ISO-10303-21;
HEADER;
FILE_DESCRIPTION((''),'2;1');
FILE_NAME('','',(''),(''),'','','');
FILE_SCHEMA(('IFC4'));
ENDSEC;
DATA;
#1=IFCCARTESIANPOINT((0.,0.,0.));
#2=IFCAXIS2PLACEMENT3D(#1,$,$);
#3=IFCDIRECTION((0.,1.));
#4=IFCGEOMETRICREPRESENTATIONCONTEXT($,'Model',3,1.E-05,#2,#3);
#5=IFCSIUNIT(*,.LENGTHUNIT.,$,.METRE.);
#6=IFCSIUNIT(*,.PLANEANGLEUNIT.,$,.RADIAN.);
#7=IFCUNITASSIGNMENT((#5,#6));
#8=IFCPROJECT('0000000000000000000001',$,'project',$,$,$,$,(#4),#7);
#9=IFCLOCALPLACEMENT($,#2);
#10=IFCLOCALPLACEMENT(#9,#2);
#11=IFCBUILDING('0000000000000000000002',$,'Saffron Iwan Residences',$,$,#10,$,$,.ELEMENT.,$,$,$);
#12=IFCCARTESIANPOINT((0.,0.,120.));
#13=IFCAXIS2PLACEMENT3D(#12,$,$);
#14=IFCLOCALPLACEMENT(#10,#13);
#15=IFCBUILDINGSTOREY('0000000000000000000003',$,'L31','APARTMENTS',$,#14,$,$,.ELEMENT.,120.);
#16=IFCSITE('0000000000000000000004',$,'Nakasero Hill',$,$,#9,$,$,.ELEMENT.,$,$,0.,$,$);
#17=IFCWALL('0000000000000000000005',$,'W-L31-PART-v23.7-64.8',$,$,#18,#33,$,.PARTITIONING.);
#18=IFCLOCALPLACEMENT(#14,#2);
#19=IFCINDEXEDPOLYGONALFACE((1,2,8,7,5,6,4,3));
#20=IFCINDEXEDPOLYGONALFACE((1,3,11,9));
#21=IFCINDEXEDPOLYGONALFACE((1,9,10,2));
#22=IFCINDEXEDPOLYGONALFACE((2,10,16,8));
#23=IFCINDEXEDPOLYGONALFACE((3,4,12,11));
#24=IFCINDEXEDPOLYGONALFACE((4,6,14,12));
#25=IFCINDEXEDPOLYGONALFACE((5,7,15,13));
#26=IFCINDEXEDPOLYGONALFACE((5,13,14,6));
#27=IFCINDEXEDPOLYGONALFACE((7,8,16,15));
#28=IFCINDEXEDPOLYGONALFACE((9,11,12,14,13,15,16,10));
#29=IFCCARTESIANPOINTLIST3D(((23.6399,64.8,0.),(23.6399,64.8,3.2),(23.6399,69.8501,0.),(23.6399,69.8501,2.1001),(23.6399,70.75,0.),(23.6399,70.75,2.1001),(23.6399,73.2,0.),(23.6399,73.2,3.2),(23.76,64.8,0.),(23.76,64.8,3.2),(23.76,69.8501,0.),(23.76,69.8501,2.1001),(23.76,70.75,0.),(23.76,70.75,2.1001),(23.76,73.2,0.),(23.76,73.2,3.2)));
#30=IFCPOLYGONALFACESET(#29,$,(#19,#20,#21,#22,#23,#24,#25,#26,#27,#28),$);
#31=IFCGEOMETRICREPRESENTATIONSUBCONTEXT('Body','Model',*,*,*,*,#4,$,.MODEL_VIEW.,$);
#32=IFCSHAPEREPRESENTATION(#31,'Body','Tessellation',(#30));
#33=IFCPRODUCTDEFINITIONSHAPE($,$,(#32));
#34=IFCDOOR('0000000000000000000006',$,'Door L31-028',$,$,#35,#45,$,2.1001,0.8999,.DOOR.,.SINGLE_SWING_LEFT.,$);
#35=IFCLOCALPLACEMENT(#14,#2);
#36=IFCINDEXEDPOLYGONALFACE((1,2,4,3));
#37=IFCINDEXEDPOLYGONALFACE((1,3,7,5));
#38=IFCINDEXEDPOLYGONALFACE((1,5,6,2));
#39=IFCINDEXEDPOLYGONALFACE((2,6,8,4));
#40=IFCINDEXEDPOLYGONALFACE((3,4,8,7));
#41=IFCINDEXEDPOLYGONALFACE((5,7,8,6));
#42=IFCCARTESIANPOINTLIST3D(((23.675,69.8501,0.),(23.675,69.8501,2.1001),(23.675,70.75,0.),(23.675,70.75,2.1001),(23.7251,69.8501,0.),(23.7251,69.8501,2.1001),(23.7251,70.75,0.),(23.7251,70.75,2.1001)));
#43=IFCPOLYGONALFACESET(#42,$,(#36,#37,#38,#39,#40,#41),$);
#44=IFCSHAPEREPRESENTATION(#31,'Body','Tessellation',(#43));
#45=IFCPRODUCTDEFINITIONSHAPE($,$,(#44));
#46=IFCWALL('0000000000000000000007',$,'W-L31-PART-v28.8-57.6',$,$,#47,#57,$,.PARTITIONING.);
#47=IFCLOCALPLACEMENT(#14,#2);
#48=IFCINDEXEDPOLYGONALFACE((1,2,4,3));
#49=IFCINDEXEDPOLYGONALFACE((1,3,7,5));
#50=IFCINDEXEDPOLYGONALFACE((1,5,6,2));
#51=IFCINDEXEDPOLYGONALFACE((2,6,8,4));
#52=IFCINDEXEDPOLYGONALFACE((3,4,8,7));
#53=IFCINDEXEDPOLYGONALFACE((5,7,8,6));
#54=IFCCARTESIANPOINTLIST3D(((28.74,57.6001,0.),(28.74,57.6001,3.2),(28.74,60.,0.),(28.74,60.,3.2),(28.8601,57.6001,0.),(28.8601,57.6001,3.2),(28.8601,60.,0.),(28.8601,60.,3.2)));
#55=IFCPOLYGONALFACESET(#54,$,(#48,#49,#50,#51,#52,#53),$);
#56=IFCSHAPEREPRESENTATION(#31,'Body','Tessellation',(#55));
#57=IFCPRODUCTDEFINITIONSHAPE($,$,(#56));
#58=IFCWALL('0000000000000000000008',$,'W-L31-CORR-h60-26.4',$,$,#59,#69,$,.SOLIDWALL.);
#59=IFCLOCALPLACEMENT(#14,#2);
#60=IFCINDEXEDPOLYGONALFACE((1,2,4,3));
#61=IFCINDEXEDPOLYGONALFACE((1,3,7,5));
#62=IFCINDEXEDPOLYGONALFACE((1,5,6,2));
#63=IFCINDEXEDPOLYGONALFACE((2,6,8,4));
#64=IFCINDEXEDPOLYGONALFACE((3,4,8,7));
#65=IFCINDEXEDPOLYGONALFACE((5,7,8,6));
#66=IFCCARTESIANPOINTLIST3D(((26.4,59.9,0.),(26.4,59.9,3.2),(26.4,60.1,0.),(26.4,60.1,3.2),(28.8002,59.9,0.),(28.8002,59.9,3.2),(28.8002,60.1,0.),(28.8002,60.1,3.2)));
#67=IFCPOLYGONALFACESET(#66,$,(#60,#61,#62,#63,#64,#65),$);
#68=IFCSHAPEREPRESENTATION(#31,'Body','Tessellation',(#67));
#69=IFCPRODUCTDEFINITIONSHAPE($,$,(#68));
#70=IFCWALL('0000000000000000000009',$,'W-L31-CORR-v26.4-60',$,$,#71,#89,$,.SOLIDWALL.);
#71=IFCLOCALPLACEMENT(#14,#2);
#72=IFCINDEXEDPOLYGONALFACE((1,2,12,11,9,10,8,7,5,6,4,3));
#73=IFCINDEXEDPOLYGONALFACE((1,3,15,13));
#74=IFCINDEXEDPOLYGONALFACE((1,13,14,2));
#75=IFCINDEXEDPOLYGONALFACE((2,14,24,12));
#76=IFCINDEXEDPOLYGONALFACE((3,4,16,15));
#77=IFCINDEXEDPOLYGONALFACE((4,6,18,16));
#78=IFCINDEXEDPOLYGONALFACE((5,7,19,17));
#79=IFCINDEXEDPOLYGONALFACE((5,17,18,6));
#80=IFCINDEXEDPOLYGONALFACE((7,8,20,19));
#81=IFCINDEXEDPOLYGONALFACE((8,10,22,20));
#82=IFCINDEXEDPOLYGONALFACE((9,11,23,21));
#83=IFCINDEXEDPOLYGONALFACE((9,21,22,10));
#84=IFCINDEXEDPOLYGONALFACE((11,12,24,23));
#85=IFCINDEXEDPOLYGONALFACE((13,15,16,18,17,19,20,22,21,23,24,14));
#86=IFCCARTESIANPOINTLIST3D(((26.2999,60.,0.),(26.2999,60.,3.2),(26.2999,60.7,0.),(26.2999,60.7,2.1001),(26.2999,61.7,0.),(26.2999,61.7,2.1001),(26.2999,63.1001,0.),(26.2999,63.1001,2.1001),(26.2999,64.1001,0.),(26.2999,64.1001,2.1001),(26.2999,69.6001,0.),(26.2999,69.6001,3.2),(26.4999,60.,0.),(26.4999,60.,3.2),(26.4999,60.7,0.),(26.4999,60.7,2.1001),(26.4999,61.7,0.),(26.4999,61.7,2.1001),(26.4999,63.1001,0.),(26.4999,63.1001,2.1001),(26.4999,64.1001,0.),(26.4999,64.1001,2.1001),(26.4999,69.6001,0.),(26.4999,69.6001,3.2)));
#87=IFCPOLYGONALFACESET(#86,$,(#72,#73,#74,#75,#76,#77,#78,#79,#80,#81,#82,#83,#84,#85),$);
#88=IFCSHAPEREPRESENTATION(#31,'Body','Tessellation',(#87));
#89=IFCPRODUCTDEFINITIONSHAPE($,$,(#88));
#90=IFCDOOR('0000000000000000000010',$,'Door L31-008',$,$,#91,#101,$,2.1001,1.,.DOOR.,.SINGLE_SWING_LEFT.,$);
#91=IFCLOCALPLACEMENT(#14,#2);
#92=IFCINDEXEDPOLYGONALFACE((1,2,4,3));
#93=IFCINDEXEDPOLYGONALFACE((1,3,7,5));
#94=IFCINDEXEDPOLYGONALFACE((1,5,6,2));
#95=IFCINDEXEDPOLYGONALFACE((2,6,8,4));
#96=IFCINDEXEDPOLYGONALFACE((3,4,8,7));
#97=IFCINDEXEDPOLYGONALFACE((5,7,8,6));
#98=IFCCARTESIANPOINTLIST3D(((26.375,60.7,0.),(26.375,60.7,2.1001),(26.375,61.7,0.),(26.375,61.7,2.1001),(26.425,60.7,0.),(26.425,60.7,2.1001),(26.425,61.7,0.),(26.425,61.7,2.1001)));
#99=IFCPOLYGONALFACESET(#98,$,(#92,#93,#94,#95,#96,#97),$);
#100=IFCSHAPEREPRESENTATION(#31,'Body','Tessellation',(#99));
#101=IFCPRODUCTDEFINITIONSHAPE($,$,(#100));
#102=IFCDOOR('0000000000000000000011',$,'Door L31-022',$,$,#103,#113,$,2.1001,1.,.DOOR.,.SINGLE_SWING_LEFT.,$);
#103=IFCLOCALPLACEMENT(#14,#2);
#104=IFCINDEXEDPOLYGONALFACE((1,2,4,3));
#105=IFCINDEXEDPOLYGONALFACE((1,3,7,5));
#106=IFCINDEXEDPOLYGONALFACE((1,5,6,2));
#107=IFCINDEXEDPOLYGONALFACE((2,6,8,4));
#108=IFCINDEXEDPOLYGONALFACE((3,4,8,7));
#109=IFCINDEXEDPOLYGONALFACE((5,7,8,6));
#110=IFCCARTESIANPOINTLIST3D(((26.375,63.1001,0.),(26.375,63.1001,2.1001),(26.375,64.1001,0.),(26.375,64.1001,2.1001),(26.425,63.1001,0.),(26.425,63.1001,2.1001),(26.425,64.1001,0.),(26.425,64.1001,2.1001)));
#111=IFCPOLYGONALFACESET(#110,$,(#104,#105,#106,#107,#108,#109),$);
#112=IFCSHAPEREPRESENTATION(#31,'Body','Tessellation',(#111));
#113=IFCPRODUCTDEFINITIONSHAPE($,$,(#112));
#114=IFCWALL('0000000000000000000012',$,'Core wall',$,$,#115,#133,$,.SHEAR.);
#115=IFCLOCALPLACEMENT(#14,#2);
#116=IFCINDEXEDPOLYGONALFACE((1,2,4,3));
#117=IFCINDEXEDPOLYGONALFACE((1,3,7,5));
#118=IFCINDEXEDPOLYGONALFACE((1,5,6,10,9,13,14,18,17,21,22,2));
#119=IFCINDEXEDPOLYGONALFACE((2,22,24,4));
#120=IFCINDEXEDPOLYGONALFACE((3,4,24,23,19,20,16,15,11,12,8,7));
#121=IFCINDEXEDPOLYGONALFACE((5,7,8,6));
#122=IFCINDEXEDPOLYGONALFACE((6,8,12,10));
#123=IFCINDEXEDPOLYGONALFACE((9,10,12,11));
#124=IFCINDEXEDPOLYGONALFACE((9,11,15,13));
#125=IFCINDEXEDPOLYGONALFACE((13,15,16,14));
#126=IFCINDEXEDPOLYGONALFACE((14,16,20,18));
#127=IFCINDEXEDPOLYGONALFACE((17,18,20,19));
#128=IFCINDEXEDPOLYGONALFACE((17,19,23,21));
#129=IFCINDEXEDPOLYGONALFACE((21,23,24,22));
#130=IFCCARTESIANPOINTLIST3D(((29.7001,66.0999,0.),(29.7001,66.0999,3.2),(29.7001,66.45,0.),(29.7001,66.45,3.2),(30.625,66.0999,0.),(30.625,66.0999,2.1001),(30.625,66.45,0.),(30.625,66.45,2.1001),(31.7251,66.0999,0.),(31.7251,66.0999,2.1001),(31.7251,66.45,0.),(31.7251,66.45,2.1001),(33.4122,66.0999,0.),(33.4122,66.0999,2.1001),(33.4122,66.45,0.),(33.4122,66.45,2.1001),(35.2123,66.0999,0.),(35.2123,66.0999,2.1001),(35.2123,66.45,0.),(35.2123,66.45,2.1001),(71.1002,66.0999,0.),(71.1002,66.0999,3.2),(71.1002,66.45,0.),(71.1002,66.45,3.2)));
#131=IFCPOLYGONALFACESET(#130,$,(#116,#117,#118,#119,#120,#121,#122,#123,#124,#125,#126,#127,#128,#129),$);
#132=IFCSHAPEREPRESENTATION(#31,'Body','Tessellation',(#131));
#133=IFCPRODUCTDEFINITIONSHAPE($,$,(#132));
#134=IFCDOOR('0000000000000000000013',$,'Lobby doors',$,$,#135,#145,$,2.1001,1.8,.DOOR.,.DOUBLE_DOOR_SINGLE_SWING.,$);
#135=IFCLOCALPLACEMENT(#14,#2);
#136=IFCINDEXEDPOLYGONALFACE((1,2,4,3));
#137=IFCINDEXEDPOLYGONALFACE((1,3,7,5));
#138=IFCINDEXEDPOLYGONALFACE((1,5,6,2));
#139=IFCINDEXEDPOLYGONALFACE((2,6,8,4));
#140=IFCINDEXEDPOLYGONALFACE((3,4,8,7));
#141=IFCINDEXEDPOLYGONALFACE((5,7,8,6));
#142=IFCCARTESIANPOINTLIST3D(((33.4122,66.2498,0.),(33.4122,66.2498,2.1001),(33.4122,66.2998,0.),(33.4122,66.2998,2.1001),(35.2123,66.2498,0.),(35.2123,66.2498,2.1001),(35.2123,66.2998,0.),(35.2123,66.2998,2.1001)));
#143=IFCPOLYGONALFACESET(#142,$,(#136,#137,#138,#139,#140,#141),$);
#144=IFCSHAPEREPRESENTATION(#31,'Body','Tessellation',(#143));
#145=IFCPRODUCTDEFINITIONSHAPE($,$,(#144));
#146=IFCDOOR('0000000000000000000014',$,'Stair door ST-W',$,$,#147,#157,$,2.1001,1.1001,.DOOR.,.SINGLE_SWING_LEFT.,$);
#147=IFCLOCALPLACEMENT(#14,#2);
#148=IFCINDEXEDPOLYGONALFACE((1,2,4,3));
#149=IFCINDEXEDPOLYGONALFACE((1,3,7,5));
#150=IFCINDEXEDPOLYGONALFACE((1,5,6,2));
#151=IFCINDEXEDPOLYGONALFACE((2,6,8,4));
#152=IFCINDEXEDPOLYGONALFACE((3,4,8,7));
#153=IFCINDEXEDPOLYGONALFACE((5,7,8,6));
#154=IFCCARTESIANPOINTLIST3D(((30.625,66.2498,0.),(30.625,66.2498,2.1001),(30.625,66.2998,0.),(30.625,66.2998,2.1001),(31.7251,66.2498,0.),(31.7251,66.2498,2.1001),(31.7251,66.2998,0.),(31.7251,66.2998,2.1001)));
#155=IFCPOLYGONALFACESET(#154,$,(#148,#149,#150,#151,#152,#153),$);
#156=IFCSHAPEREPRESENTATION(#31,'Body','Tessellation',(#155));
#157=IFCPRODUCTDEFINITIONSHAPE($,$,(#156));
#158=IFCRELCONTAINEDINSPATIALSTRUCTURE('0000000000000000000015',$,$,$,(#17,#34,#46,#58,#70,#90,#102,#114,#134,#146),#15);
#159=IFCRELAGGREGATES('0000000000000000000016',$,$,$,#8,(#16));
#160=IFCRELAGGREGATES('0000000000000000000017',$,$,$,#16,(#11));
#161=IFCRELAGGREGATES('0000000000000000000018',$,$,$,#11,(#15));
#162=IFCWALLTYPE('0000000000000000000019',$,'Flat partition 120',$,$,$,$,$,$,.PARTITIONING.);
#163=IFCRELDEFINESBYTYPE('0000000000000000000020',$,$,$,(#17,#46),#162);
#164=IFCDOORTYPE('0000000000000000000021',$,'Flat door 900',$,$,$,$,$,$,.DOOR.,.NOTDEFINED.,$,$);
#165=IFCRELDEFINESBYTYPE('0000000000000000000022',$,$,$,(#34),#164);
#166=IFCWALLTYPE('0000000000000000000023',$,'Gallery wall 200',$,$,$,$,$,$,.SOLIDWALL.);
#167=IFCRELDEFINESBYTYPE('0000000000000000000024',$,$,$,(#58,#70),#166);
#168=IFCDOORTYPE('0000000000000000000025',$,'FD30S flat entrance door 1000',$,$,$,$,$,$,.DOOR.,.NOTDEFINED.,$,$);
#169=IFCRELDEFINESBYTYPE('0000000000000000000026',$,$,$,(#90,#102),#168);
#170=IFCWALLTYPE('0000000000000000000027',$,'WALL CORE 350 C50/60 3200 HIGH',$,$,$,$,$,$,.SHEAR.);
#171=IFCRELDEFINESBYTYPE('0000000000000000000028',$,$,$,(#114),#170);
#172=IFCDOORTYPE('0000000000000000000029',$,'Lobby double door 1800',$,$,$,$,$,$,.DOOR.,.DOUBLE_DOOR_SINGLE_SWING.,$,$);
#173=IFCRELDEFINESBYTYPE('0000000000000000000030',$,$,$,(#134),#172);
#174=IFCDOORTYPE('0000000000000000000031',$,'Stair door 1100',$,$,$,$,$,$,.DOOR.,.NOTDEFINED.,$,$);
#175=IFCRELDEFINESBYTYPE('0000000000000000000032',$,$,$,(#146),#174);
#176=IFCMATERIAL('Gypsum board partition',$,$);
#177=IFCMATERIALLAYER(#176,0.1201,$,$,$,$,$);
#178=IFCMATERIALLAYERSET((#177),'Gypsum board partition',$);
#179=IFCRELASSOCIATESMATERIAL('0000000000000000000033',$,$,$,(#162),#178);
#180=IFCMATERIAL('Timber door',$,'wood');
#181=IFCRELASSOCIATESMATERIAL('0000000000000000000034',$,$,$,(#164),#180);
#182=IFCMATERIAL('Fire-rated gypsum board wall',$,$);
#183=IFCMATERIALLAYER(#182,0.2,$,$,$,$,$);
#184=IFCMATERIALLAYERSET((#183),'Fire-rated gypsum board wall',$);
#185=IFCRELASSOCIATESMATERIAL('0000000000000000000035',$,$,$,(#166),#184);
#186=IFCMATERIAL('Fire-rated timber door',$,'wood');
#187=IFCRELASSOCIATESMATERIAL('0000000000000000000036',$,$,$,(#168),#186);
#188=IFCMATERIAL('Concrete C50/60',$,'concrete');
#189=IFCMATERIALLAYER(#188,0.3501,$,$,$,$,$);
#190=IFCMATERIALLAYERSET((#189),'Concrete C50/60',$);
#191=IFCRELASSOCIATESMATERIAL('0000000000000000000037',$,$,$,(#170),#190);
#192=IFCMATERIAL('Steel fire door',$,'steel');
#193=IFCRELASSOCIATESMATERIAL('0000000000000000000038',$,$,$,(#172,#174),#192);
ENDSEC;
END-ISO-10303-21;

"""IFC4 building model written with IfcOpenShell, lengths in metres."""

from ifc_helpers import new_model, si_unit, direction, frame, frame_2d, origin, place, context, subcontext, project, spatial, rectangle, extrude, material, layer, layer_set, type_object, element, fill, save


model = new_model("IFC4")

# Units and contexts
model_context = context("Model", 3, precision=1e-05, world=origin(), true_north=direction((0.0, 1.0)))
body_context = subcontext(model_context, "Body", "Model", "MODEL_VIEW")
ifc_project = project(units=[si_unit("LENGTHUNIT", "METRE"), si_unit("PLANEANGLEUNIT", "RADIAN")], contexts=[model_context])

# Site, building, storey
site_placement = place(None, origin())
site = spatial("IfcSite", under=ifc_project, at=site_placement, Name="Nakasero Hill", CompositionType="ELEMENT", RefElevation=0.0)
building_placement = place(site_placement, origin())
building = spatial("IfcBuilding", under=site, at=building_placement, Name="Saffron Iwan Residences", CompositionType="ELEMENT")
storey_placement = place(building_placement, frame((0.0, 0.0, 120.0)))
storey = spatial("IfcBuildingStorey", under=building, at=storey_placement, Name="L31", Description="APARTMENTS", CompositionType="ELEMENT", Elevation=120.0)

# Shared definitions
ifc_material_1 = material(Name="Concrete C50/60", Category="concrete")

# Shared definitions
ifc_material_2 = material(Name="Gypsum board partition")
ifc_layer_1 = layer(ifc_material_2, 0.1201)
ifc_layer_set_1 = layer_set([ifc_layer_1], Name="Gypsum board partition")
wall_type_1 = type_object("IfcWallType", Name="Flat partition 120", PredefinedType="PARTITIONING", material=ifc_layer_set_1)

# Shared definitions
ifc_material_3 = material(Name="Timber door", Category="wood")
door_type_1 = type_object("IfcDoorType", Name="Flat door 900", OperationType="NOTDEFINED", PredefinedType="DOOR", material=ifc_material_3)

# Wall, opening, door
wall_1_placement = place(storey_placement, frame((23.7, 64.8, 0.0), z_axis=(0.0, 0.0, 1.0), x_axis=(0.0, 1.0, 0.0)))
wall_1 = element("IfcWall", 1, at=wall_1_placement, inside=storey, type_object=wall_type_1, Name="W-L31-PART-v23.7-64.8", PredefinedType="PARTITIONING", context=body_context, shape_type="SweptSolid", body=[
    extrude(rectangle(XDim=8.3999, YDim=0.1201, at=frame_2d((4.2, 0.0))), origin(), (0.0, 0.0, 1.0), 3.2),
])
opening_1_placement = place(wall_1_placement, frame((5.05, 0.0, 0.0)))
opening_1 = element("IfcOpeningElement", 2, at=opening_1_placement, cuts=wall_1, PredefinedType="OPENING", context=body_context, shape_type="SweptSolid", body=[
    extrude(rectangle(XDim=0.8999, YDim=2.1001, at=frame_2d((0.45, 1.05))), frame((0.0, 0.0701, 0.0), z_axis=(0.0, -1.0, 0.0), x_axis=(1.0, 0.0, 0.0)), (0.0, 0.0, 1.0), 0.1401),
])
door_1_placement = place(opening_1_placement, origin())
door_1 = element("IfcDoor", 3, at=door_1_placement, inside=storey, type_object=door_type_1, Name="Door L31-028", OperationType="SINGLE_SWING_LEFT", OverallHeight=2.1001, OverallWidth=0.8999, PredefinedType="DOOR", context=body_context, shape_type="SweptSolid", body=[
    extrude(rectangle(XDim=0.8999, YDim=2.1001, at=frame_2d((0.45, 1.05))), frame((0.0, 0.0249, 0.0), z_axis=(0.0, -1.0, 0.0), x_axis=(1.0, 0.0, 0.0)), (0.0, 0.0, 1.0), 0.05),
])
fill(opening_1, door_1)

# Walls
wall_2_placement = place(storey_placement, frame((28.8, 57.6001, 0.0), z_axis=(0.0, 0.0, 1.0), x_axis=(0.0, 1.0, 0.0)))
element("IfcWall", 4, at=wall_2_placement, inside=storey, type_object=wall_type_1, Name="W-L31-PART-v28.8-57.6", PredefinedType="PARTITIONING", context=body_context, shape_type="SweptSolid", body=[
    extrude(rectangle(XDim=2.3999, YDim=0.1201, at=frame_2d((1.2, 0.0))), origin(), (0.0, 0.0, 1.0), 3.2),
])
ifc_material_4 = material(Name="Fire-rated gypsum board wall")
ifc_layer_2 = layer(ifc_material_4, 0.2)
ifc_layer_set_2 = layer_set([ifc_layer_2], Name="Fire-rated gypsum board wall")
wall_type_2 = type_object("IfcWallType", Name="Gallery wall 200", PredefinedType="SOLIDWALL", material=ifc_layer_set_2)
wall_3_placement = place(storey_placement, frame((26.3999, 60.0, 0.0), z_axis=(0.0, 0.0, 1.0), x_axis=(1.0, 0.0, 0.0)))
element("IfcWall", 5, at=wall_3_placement, inside=storey, type_object=wall_type_2, Name="W-L31-CORR-h60-26.4", PredefinedType="SOLIDWALL", context=body_context, shape_type="SweptSolid", body=[
    extrude(rectangle(XDim=2.4001, YDim=0.2, at=frame_2d((1.2002, 0.0))), origin(), (0.0, 0.0, 1.0), 3.2),
])

# Walls, openings, doors
wall_4_placement = place(storey_placement, frame((26.3999, 60.0, 0.0), z_axis=(0.0, 0.0, 1.0), x_axis=(0.0, 1.0, 0.0)))
wall_4 = element("IfcWall", 6, at=wall_4_placement, inside=storey, type_object=wall_type_2, Name="W-L31-CORR-v26.4-60", PredefinedType="SOLIDWALL", context=body_context, shape_type="SweptSolid", body=[
    extrude(rectangle(XDim=9.6001, YDim=0.2, at=frame_2d((4.8, 0.0))), origin(), (0.0, 0.0, 1.0), 3.2),
])
opening_2_placement = place(wall_4_placement, frame((0.7, 0.0, 0.0)))
opening_2 = element("IfcOpeningElement", 7, at=opening_2_placement, cuts=wall_4, PredefinedType="OPENING", context=body_context, shape_type="SweptSolid", body=[
    extrude(rectangle(XDim=1.0, YDim=2.1001, at=frame_2d((0.5, 1.05))), frame((0.0, 0.1099, 0.0), z_axis=(0.0, -1.0, 0.0), x_axis=(1.0, 0.0, 0.0)), (0.0, 0.0, 1.0), 0.22),
])
opening_3_placement = place(wall_4_placement, frame((3.1001, 0.0, 0.0)))
opening_3 = element("IfcOpeningElement", 8, at=opening_3_placement, cuts=wall_4, PredefinedType="OPENING", context=body_context, shape_type="SweptSolid", body=[
    extrude(rectangle(XDim=1.0, YDim=2.1001, at=frame_2d((0.5, 1.05))), frame((0.0, 0.1099, 0.0), z_axis=(0.0, -1.0, 0.0), x_axis=(1.0, 0.0, 0.0)), (0.0, 0.0, 1.0), 0.22),
])
ifc_material_5 = material(Name="Fire-rated timber door", Category="wood")
door_type_2 = type_object("IfcDoorType", Name="FD30S flat entrance door 1000", OperationType="NOTDEFINED", PredefinedType="DOOR", material=ifc_material_5)
door_2_placement = place(opening_2_placement, origin())
door_2 = element("IfcDoor", 9, at=door_2_placement, inside=storey, type_object=door_type_2, Name="Door L31-008", OperationType="SINGLE_SWING_LEFT", OverallHeight=2.1001, OverallWidth=1.0, PredefinedType="DOOR", context=body_context, shape_type="SweptSolid", body=[
    extrude(rectangle(XDim=1.0, YDim=2.1001, at=frame_2d((0.5, 1.05))), frame((0.0, 0.0249, 0.0), z_axis=(0.0, -1.0, 0.0), x_axis=(1.0, 0.0, 0.0)), (0.0, 0.0, 1.0), 0.05),
])
fill(opening_2, door_2)
door_3_placement = place(opening_3_placement, origin())
door_3 = element("IfcDoor", 10, at=door_3_placement, inside=storey, type_object=door_type_2, Name="Door L31-022", OperationType="SINGLE_SWING_LEFT", OverallHeight=2.1001, OverallWidth=1.0, PredefinedType="DOOR", context=body_context, shape_type="SweptSolid", body=[
    extrude(rectangle(XDim=1.0, YDim=2.1001, at=frame_2d((0.5, 1.05))), frame((0.0, 0.0249, 0.0), z_axis=(0.0, -1.0, 0.0), x_axis=(1.0, 0.0, 0.0)), (0.0, 0.0, 1.0), 0.05),
])
fill(opening_3, door_3)
ifc_layer_3 = layer(ifc_material_1, 0.3501)
ifc_layer_set_3 = layer_set([ifc_layer_3], Name="Concrete C50/60")
wall_type_3 = type_object("IfcWallType", Name="WALL CORE 350 C50/60 3200 HIGH", PredefinedType="SHEAR", material=ifc_layer_set_3)
wall_5_placement = place(storey_placement, frame((29.7, 66.2749, 0.0), z_axis=(0.0, 0.0, 1.0), x_axis=(1.0, 0.0, 0.0)))
wall_5 = element("IfcWall", 11, at=wall_5_placement, inside=storey, type_object=wall_type_3, Name="Core wall", PredefinedType="SHEAR", context=body_context, shape_type="SweptSolid", body=[
    extrude(rectangle(XDim=41.4001, YDim=0.3501, at=frame_2d((20.7002, 0.0))), origin(), (0.0, 0.0, 1.0), 3.2),
])
opening_4_placement = place(wall_5_placement, frame((0.925, 0.0, 0.0)))
opening_4 = element("IfcOpeningElement", 12, at=opening_4_placement, cuts=wall_5, PredefinedType="OPENING", context=body_context, shape_type="SweptSolid", body=[
    extrude(rectangle(XDim=1.1001, YDim=2.1001, at=frame_2d((0.55, 1.05))), frame((0.0, 0.1851, 0.0), z_axis=(0.0, -1.0, 0.0), x_axis=(1.0, 0.0, 0.0)), (0.0, 0.0, 1.0), 0.3701),
])
opening_5_placement = place(wall_5_placement, frame((3.7124, 0.0, 0.0)))
opening_5 = element("IfcOpeningElement", 13, at=opening_5_placement, cuts=wall_5, PredefinedType="OPENING", context=body_context, shape_type="SweptSolid", body=[
    extrude(rectangle(XDim=1.8, YDim=2.1001, at=frame_2d((0.8999, 1.05))), frame((0.0, 0.1851, 0.0), z_axis=(0.0, -1.0, 0.0), x_axis=(1.0, 0.0, 0.0)), (0.0, 0.0, 1.0), 0.3701),
])
ifc_material_6 = material(Name="Steel fire door", Category="steel")
door_type_3 = type_object("IfcDoorType", Name="Lobby double door 1800", OperationType="DOUBLE_DOOR_SINGLE_SWING", PredefinedType="DOOR", material=ifc_material_6)
door_4_placement = place(opening_5_placement, origin())
door_4 = element("IfcDoor", 14, at=door_4_placement, inside=storey, type_object=door_type_3, Name="Lobby doors", OperationType="DOUBLE_DOOR_SINGLE_SWING", OverallHeight=2.1001, OverallWidth=1.8, PredefinedType="DOOR", context=body_context, shape_type="SweptSolid", body=[
    extrude(rectangle(XDim=1.8, YDim=2.1001, at=frame_2d((0.8999, 1.05))), frame((0.0, 0.0249, 0.0), z_axis=(0.0, -1.0, 0.0), x_axis=(1.0, 0.0, 0.0)), (0.0, 0.0, 1.0), 0.05),
])
fill(opening_5, door_4)
door_type_4 = type_object("IfcDoorType", Name="Stair door 1100", OperationType="NOTDEFINED", PredefinedType="DOOR", material=ifc_material_6)
door_5_placement = place(opening_4_placement, origin())
door_5 = element("IfcDoor", 15, at=door_5_placement, inside=storey, type_object=door_type_4, Name="Stair door ST-W", OperationType="SINGLE_SWING_LEFT", OverallHeight=2.1001, OverallWidth=1.1001, PredefinedType="DOOR", context=body_context, shape_type="SweptSolid", body=[
    extrude(rectangle(XDim=1.1001, YDim=2.1001, at=frame_2d((0.55, 1.05))), frame((0.0, 0.0249, 0.0), z_axis=(0.0, -1.0, 0.0), x_axis=(1.0, 0.0, 0.0)), (0.0, 0.0, 1.0), 0.05),
])
fill(opening_4, door_5)

save(model, "model.ifc")
